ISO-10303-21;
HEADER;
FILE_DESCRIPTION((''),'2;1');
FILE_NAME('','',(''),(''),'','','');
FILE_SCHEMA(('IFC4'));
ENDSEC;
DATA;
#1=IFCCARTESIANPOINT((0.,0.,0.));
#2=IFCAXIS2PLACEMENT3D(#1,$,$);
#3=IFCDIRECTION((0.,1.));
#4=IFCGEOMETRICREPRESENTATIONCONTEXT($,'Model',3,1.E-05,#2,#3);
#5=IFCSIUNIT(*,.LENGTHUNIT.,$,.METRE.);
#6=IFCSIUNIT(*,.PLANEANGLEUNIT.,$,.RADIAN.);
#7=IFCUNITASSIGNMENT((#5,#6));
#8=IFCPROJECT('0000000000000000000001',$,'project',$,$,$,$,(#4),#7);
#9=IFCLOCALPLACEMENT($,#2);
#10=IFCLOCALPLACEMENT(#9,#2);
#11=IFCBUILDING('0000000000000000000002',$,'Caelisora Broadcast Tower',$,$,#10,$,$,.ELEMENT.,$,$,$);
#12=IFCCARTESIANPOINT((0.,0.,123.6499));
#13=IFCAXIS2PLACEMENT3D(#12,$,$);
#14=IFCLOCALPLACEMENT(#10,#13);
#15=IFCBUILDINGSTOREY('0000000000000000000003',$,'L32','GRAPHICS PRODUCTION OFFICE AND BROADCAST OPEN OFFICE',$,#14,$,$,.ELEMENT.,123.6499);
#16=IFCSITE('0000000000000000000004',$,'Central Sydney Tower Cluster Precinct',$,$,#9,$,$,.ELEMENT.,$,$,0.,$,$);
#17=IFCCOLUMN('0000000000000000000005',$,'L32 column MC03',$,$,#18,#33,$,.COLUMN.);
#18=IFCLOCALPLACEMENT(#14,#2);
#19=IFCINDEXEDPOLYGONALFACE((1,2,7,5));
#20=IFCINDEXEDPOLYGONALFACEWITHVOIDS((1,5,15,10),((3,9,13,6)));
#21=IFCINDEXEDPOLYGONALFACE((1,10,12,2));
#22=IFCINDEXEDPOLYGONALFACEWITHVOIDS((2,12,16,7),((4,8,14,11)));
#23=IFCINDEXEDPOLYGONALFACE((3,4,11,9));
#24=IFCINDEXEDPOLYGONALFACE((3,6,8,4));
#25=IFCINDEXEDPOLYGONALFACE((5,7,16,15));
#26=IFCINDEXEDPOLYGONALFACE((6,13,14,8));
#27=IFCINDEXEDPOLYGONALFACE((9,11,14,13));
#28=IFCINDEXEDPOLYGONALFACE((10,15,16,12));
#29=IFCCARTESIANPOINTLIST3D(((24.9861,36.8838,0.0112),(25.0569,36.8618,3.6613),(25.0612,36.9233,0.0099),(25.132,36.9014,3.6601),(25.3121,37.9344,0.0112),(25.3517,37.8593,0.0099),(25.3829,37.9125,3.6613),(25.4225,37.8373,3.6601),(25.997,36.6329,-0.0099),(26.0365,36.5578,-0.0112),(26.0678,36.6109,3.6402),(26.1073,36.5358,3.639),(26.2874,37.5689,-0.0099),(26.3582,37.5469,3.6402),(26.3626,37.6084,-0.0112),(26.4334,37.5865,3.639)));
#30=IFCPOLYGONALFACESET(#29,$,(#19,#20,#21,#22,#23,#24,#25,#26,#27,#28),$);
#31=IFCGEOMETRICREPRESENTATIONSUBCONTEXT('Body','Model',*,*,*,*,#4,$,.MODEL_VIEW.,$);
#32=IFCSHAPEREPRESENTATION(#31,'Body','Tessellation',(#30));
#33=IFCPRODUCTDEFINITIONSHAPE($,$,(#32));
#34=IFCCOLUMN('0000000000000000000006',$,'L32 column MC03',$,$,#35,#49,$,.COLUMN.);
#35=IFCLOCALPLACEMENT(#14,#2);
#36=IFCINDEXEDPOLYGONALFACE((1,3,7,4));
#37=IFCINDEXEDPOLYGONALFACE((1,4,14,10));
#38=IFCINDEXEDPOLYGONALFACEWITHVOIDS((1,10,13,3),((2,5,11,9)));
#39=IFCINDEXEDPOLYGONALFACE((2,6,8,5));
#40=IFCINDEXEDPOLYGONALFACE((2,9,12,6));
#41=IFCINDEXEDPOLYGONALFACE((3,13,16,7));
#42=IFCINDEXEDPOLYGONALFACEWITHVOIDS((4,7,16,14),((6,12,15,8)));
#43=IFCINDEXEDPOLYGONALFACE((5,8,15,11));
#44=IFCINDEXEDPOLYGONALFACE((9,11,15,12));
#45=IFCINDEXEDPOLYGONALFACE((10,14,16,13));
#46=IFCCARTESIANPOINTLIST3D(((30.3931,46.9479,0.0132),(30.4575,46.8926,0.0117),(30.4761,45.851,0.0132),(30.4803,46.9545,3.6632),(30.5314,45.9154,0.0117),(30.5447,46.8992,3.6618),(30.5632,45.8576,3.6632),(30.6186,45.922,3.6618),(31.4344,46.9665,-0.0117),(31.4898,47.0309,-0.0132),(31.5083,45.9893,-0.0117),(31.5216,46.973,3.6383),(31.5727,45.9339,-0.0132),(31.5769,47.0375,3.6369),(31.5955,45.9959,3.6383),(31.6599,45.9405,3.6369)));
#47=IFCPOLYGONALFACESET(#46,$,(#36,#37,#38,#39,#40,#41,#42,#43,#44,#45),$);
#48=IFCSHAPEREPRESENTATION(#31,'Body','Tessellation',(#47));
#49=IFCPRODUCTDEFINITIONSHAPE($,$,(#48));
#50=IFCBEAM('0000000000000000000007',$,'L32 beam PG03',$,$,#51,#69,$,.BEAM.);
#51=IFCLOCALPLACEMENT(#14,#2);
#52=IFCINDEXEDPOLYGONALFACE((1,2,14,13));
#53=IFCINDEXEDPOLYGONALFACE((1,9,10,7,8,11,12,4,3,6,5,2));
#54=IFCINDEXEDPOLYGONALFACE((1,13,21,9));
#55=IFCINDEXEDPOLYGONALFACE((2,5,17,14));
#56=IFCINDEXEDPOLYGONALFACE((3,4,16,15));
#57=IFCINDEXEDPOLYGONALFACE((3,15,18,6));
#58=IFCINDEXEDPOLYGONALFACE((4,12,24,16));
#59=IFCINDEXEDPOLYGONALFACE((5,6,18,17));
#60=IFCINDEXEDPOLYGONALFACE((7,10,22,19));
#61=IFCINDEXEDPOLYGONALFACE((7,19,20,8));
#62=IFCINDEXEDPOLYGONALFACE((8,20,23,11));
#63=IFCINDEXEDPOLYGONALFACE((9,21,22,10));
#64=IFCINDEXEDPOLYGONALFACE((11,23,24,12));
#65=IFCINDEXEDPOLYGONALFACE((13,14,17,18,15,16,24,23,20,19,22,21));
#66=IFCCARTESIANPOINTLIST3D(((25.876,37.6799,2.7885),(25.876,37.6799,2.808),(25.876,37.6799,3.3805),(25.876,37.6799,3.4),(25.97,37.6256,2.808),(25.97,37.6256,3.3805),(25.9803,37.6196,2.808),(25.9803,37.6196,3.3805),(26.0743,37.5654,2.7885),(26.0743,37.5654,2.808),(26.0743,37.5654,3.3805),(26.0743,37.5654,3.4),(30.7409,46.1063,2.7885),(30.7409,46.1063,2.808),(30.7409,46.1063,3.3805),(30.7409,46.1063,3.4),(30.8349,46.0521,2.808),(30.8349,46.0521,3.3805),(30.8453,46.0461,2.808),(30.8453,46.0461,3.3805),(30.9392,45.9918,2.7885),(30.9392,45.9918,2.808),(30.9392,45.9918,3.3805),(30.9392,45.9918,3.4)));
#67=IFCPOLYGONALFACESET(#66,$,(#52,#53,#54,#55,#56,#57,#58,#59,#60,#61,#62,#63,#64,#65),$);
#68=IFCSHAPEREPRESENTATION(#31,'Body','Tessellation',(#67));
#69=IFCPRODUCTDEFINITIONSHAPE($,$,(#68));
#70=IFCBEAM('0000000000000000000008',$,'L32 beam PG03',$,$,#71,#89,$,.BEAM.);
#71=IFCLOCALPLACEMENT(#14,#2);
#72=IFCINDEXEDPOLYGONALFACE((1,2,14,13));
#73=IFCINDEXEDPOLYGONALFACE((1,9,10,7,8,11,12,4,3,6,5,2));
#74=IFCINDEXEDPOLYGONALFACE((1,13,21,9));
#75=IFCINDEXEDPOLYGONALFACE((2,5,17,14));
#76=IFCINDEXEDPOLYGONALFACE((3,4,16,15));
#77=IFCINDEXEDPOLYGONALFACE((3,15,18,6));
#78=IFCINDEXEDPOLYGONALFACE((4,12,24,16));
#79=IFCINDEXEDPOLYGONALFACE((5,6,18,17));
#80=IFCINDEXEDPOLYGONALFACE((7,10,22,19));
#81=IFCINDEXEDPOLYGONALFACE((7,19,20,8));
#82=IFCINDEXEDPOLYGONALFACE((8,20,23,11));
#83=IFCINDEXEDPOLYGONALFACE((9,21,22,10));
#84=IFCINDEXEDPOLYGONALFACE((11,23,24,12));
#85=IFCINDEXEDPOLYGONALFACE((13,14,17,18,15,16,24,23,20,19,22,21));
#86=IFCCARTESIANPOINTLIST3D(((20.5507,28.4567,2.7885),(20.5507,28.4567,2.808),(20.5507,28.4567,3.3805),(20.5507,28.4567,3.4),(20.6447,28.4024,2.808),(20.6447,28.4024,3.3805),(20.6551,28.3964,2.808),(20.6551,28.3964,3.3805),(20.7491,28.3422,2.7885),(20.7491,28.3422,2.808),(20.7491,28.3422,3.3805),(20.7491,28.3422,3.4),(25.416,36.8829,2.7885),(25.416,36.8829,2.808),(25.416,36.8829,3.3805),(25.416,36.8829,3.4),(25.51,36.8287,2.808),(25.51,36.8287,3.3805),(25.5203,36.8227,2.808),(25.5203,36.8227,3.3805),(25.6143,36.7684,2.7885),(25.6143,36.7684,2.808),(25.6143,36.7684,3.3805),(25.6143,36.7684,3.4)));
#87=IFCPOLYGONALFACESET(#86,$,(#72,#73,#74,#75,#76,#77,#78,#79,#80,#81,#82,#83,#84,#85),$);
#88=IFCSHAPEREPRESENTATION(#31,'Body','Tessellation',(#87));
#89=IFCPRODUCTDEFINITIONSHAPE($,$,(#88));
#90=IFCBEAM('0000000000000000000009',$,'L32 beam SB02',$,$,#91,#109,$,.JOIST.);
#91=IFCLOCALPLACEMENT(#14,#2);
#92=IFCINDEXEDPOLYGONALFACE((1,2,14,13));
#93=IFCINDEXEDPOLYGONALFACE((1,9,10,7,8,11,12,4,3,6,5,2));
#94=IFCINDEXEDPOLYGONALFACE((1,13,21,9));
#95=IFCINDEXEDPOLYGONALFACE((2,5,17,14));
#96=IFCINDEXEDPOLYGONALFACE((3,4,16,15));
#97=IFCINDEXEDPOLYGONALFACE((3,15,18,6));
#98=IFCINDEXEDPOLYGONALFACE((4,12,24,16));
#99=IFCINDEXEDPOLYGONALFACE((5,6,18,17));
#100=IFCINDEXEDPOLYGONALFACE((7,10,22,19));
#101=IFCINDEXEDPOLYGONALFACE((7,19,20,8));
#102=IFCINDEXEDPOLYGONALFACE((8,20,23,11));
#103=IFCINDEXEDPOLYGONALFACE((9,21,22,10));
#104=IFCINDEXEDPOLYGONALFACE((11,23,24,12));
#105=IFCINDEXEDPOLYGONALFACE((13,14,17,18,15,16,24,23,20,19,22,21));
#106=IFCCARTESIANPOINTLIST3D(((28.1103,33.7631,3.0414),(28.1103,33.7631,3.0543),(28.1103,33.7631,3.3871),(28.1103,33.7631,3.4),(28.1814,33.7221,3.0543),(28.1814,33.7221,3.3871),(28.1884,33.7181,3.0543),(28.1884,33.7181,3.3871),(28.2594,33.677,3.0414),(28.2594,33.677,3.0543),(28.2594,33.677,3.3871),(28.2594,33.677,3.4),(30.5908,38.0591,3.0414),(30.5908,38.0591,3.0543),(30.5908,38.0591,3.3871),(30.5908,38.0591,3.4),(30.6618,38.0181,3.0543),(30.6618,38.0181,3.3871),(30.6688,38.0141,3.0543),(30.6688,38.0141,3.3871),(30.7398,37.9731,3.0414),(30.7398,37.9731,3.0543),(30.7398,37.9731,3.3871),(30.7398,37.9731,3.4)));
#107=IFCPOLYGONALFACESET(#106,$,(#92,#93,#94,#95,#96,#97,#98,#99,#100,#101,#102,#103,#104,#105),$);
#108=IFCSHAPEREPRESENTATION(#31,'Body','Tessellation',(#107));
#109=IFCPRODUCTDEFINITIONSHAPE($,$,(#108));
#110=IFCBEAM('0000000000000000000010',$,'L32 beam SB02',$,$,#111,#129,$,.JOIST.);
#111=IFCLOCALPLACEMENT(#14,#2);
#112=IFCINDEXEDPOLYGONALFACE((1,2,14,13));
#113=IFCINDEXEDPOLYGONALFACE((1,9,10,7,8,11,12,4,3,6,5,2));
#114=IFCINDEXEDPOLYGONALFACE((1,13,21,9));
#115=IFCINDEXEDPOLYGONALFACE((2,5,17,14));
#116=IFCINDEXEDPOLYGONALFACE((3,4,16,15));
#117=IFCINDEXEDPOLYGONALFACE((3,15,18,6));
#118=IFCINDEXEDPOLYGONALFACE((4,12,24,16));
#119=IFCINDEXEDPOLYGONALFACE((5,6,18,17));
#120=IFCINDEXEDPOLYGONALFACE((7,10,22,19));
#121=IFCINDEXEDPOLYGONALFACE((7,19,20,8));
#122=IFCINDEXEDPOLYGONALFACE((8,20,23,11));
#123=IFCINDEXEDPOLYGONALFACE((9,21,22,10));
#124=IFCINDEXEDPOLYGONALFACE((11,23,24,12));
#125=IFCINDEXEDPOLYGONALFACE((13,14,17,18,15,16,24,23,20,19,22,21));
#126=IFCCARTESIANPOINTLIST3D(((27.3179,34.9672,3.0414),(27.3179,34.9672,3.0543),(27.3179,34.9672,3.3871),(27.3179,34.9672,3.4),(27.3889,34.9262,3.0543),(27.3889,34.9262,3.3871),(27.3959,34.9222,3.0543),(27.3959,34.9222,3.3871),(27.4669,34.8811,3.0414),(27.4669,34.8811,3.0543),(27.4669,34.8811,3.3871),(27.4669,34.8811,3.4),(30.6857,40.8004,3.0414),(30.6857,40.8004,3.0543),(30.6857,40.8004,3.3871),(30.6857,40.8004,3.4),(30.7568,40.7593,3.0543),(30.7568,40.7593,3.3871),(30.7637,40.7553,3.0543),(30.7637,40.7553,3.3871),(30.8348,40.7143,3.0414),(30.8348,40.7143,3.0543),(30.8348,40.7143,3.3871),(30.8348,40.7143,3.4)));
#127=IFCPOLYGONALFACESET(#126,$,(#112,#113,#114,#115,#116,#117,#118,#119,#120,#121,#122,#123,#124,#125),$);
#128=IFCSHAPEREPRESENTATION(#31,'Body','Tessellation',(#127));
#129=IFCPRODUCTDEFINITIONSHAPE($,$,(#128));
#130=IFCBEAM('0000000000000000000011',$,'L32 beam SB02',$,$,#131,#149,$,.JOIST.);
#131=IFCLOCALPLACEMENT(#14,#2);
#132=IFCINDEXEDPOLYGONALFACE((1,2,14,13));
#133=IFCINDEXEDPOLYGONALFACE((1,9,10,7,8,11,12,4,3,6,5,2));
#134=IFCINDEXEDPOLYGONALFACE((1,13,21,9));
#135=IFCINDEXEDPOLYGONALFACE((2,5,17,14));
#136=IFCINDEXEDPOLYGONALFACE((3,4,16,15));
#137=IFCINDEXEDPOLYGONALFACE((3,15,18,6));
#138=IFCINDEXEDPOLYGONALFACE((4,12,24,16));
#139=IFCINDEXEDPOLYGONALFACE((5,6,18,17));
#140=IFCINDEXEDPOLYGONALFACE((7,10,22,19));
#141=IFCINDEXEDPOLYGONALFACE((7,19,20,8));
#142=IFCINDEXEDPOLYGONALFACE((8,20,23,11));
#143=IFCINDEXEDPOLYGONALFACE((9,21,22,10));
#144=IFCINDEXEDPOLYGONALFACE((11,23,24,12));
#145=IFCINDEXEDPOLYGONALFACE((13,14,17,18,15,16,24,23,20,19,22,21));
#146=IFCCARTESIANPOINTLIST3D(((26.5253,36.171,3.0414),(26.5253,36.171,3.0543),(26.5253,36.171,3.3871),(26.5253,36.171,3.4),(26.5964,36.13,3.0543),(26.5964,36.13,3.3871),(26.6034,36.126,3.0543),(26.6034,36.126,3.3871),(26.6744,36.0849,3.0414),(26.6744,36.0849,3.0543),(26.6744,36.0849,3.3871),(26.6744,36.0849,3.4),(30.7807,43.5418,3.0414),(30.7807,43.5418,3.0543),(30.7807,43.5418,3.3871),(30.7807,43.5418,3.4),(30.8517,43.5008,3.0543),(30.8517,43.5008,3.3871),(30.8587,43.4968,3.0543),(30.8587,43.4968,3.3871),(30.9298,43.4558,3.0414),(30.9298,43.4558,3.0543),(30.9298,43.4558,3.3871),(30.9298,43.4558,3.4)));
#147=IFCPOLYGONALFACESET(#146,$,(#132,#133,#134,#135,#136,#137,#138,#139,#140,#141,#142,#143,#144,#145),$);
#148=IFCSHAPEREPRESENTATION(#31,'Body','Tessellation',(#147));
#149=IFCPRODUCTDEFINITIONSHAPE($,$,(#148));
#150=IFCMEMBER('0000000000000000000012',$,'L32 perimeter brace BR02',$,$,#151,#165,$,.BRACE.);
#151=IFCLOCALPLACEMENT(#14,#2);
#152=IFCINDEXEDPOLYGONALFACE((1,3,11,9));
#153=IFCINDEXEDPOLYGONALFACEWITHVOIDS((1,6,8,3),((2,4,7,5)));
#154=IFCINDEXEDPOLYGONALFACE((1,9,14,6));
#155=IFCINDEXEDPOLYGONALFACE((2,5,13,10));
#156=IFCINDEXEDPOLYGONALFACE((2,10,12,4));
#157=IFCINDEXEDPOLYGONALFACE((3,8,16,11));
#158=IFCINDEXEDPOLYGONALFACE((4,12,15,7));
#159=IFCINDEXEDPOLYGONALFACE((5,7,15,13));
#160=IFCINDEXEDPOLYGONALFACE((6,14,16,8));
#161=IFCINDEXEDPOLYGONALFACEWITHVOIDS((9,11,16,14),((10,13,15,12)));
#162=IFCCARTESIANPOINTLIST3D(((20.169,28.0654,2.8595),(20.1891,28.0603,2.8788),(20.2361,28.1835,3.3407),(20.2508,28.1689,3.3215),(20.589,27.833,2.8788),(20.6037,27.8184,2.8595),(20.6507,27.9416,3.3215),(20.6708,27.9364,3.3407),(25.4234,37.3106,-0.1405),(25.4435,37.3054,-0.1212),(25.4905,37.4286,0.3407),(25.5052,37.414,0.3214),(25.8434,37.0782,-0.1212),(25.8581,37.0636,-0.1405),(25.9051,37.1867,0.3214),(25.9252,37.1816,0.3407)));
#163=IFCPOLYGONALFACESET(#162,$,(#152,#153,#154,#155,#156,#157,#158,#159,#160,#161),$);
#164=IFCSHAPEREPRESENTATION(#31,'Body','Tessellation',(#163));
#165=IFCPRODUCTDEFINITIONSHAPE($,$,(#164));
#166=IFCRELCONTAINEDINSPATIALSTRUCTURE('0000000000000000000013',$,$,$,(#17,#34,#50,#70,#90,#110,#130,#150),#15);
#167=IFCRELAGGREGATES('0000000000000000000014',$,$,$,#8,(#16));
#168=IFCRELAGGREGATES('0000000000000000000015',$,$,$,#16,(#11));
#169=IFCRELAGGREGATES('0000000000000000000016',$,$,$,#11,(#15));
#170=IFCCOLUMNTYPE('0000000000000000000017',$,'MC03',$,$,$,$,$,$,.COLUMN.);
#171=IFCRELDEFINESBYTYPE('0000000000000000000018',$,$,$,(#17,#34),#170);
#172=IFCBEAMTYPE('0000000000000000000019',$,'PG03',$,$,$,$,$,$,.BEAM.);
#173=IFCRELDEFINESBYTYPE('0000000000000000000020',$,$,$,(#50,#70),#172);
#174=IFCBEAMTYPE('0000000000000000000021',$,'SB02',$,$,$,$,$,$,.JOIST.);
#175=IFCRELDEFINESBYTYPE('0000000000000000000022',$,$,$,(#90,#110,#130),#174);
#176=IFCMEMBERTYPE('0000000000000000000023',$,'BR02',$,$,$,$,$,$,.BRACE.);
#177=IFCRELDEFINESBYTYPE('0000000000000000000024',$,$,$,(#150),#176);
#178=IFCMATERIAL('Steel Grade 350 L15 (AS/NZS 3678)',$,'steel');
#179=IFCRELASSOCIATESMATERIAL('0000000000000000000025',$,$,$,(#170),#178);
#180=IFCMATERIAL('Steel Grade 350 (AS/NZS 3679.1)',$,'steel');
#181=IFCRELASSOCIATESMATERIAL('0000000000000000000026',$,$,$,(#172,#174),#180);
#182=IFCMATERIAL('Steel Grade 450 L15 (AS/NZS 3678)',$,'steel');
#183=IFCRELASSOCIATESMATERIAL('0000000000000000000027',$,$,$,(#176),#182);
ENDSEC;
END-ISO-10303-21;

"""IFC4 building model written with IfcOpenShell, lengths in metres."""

from ifc_helpers import new_model, si_unit, direction, frame, origin, origin_2d, place, context, subcontext, project, spatial, hollow_rectangle, i_section, extrude, source, transform, mapped, material, material_profile, profile_set, type_object, type_shapes, element, save


model = new_model("IFC4")

# Units and contexts
model_context = context("Model", 3, precision=1e-05, world=origin(), true_north=direction((0.0, 1.0)))
body_context = subcontext(model_context, "Body", "Model", "MODEL_VIEW")
ifc_project = project(units=[si_unit("LENGTHUNIT", "METRE"), si_unit("PLANEANGLEUNIT", "RADIAN")], contexts=[model_context])

# Site, building, storey
site_placement = place(None, origin())
site = spatial("IfcSite", under=ifc_project, at=site_placement, Name="Central Sydney Tower Cluster Precinct", CompositionType="ELEMENT", RefElevation=0.0)
building_placement = place(site_placement, origin())
building = spatial("IfcBuilding", under=site, at=building_placement, Name="Caelisora Broadcast Tower", CompositionType="ELEMENT")
storey_placement = place(building_placement, frame((0.0, 0.0, 123.6499)))
storey = spatial("IfcBuildingStorey", under=building, at=storey_placement, Name="L32", Description="GRAPHICS PRODUCTION OFFICE AND BROADCAST OPEN OFFICE", CompositionType="ELEMENT", Elevation=123.6499)

# Columns
ifc_material_1 = material(Name="Steel Grade 350 L15 (AS/NZS 3678)", Category="steel")
ifc_material_profile_1 = material_profile(ifc_material_1, hollow_rectangle(XDim=1.1001, YDim=1.1001, WallThickness=0.0601, at=origin_2d()), Name="Steel Grade 350 L15 (AS/NZS 3678)")
ifc_profile_set_1 = profile_set([ifc_material_profile_1], Name="Steel Grade 350 L15 (AS/NZS 3678)")
column_type = type_object("IfcColumnType", Name="MC03", PredefinedType="COLUMN", material=ifc_profile_set_1)
shared_shape_1 = source(origin(), body_context, "Body", "SweptSolid", [
    extrude(hollow_rectangle(XDim=1.1001, YDim=1.1001, WallThickness=0.0601, at=origin_2d()), origin(), (0.0, 0.0, 1.0), 3.6509),
])
column_1_placement = place(storey_placement, frame((25.6743, 37.2461, 0.0), z_axis=(0.019393, -0.006018, 0.999794), x_axis=(0.296399, 0.955064, 0.0)))
element("IfcColumn", 1, at=column_1_placement, inside=storey, type_object=column_type, Name="L32 column MC03", PredefinedType="COLUMN", context=body_context, shape_type="MappedRepresentation", body=[
    mapped(shared_shape_1, transform((0.0, 0.0, 0.0), scale=1.0)),
])
shared_shape_2 = source(origin(), body_context, "Body", "SweptSolid", [
    extrude(hollow_rectangle(XDim=1.1001, YDim=1.1001, WallThickness=0.0601, at=origin_2d()), origin(), (0.0, 0.0, 1.0), 3.6511),
])
type_shapes(column_type, [shared_shape_1, shared_shape_2])
column_2_placement = place(storey_placement, frame((30.9829, 46.4409, 0.0), z_axis=(0.023871, 0.001805, 0.999713), x_axis=(-0.075415, 0.997152, 0.0)))
element("IfcColumn", 2, at=column_2_placement, inside=storey, type_object=column_type, Name="L32 column MC03", PredefinedType="COLUMN", context=body_context, shape_type="MappedRepresentation", body=[
    mapped(shared_shape_2, transform((0.0, 0.0, 0.0), scale=1.0)),
])

# Beams
ifc_material_2 = material(Name="Steel Grade 350 (AS/NZS 3679.1)", Category="steel")
ifc_material_profile_2 = material_profile(ifc_material_2, i_section(OverallWidth=0.229, OverallDepth=0.6116, WebThickness=0.012, FlangeThickness=0.0195, at=origin_2d()), Name="Steel Grade 350 (AS/NZS 3679.1)")
ifc_profile_set_2 = profile_set([ifc_material_profile_2], Name="Steel Grade 350 (AS/NZS 3679.1)")
beam_type_1 = type_object("IfcBeamType", Name="PG03", PredefinedType="BEAM", material=ifc_profile_set_2)
shared_shape_3 = source(origin(), body_context, "Body", "SweptSolid", [
    extrude(i_section(OverallWidth=0.229, OverallDepth=0.6116, WebThickness=0.012, FlangeThickness=0.0195, at=origin_2d()), origin(), (0.0, 0.0, 1.0), 9.73),
])
type_shapes(beam_type_1, [shared_shape_3])
for number, where, z_axis, x_axis, name in (
    (3, (30.8401, 46.0491, 3.0942), (-0.499995, -0.866028, 0.0), (0.866028, -0.499995, 0.0), "L32 beam PG03"),
    (4, (25.5151, 36.8257, 3.0942), (-0.500025, -0.866011, 0.0), (0.866011, -0.500025, 0.0), "L32 beam PG03"),
):
    element("IfcBeam", number, at=place(storey_placement, frame(where, z_axis=z_axis, x_axis=x_axis)), inside=storey, type_object=beam_type_1, Name=name, PredefinedType="BEAM", context=body_context, shape_type="MappedRepresentation", body=[
        mapped(shared_shape_3, transform((0.0, 0.0, 0.0), scale=1.0)),
    ])
ifc_material_profile_3 = material_profile(ifc_material_2, i_section(OverallWidth=0.1721, OverallDepth=0.3586, WebThickness=0.0081, FlangeThickness=0.0129, at=origin_2d()), Name="Steel Grade 350 (AS/NZS 3679.1)")
ifc_profile_set_3 = profile_set([ifc_material_profile_3], Name="Steel Grade 350 (AS/NZS 3679.1)")
beam_type_2 = type_object("IfcBeamType", Name="SB02", PredefinedType="JOIST", material=ifc_profile_set_3)
shared_shape_4 = source(origin(), body_context, "Body", "SweptSolid", [
    extrude(i_section(OverallWidth=0.1721, OverallDepth=0.3586, WebThickness=0.0081, FlangeThickness=0.0129, at=origin_2d()), origin(), (0.0, 0.0, 1.0), 4.9607),
])
beam_1_placement = place(storey_placement, frame((30.6653, 38.0161, 3.2207), z_axis=(-0.500014, -0.866018, 0.0), x_axis=(0.866018, -0.500014, 0.0)))
element("IfcBeam", 5, at=beam_1_placement, inside=storey, type_object=beam_type_2, Name="L32 beam SB02", PredefinedType="JOIST", context=body_context, shape_type="MappedRepresentation", body=[
    mapped(shared_shape_4, transform((0.0, 0.0, 0.0), scale=1.0)),
])
shared_shape_5 = source(origin(), body_context, "Body", "SweptSolid", [
    extrude(i_section(OverallWidth=0.1721, OverallDepth=0.3586, WebThickness=0.0081, FlangeThickness=0.0129, at=origin_2d()), origin(), (0.0, 0.0, 1.0), 6.7356),
])
beam_2_placement = place(storey_placement, frame((30.7603, 40.7573, 3.2207), z_axis=(-0.50001, -0.86602, 0.0), x_axis=(0.86602, -0.50001, 0.0)))
element("IfcBeam", 6, at=beam_2_placement, inside=storey, type_object=beam_type_2, Name="L32 beam SB02", PredefinedType="JOIST", context=body_context, shape_type="MappedRepresentation", body=[
    mapped(shared_shape_5, transform((0.0, 0.0, 0.0), scale=1.0)),
])
shared_shape_6 = source(origin(), body_context, "Body", "SweptSolid", [
    extrude(i_section(OverallWidth=0.1721, OverallDepth=0.3586, WebThickness=0.0081, FlangeThickness=0.0129, at=origin_2d()), origin(), (0.0, 0.0, 1.0), 8.511),
])
type_shapes(beam_type_2, [shared_shape_4, shared_shape_5, shared_shape_6])
beam_3_placement = place(storey_placement, frame((30.8552, 43.4988, 3.2207), z_axis=(-0.499983, -0.866035, 0.0), x_axis=(0.866035, -0.499983, 0.0)))
element("IfcBeam", 7, at=beam_3_placement, inside=storey, type_object=beam_type_2, Name="L32 beam SB02", PredefinedType="JOIST", context=body_context, shape_type="MappedRepresentation", body=[
    mapped(shared_shape_6, transform((0.0, 0.0, 0.0), scale=1.0)),
])

# Member
ifc_material_3 = material(Name="Steel Grade 450 L15 (AS/NZS 3678)", Category="steel")
ifc_material_profile_4 = material_profile(ifc_material_3, hollow_rectangle(XDim=0.5, YDim=0.5, WallThickness=0.02, at=origin_2d()), Name="Steel Grade 450 L15 (AS/NZS 3678)")
ifc_profile_set_4 = profile_set([ifc_material_profile_4], Name="Steel Grade 450 L15 (AS/NZS 3678)")
member_type_1 = type_object("IfcMemberType", Name="BR02", PredefinedType="BRACE", material=ifc_profile_set_4)
shared_shape_7 = source(origin(), body_context, "Body", "SweptSolid", [
    extrude(hollow_rectangle(XDim=0.5, YDim=0.5, WallThickness=0.02, at=origin_2d()), origin(), (0.0, 0.0, 1.0), 11.0491),
])
type_shapes(member_type_1, [shared_shape_7])
member_1_placement = place(storey_placement, frame((25.6743, 37.2461, 0.1001), z_axis=(-0.475553, -0.836736, 0.271517), x_axis=(0.869396, -0.494115, 0.0)))
element("IfcMember", 8, at=member_1_placement, inside=storey, type_object=member_type_1, Name="L32 perimeter brace BR02", PredefinedType="BRACE", context=body_context, shape_type="MappedRepresentation", body=[
    mapped(shared_shape_7, transform((0.0, 0.0, 0.0), scale=1.0)),
])

save(model, "model.ifc")
